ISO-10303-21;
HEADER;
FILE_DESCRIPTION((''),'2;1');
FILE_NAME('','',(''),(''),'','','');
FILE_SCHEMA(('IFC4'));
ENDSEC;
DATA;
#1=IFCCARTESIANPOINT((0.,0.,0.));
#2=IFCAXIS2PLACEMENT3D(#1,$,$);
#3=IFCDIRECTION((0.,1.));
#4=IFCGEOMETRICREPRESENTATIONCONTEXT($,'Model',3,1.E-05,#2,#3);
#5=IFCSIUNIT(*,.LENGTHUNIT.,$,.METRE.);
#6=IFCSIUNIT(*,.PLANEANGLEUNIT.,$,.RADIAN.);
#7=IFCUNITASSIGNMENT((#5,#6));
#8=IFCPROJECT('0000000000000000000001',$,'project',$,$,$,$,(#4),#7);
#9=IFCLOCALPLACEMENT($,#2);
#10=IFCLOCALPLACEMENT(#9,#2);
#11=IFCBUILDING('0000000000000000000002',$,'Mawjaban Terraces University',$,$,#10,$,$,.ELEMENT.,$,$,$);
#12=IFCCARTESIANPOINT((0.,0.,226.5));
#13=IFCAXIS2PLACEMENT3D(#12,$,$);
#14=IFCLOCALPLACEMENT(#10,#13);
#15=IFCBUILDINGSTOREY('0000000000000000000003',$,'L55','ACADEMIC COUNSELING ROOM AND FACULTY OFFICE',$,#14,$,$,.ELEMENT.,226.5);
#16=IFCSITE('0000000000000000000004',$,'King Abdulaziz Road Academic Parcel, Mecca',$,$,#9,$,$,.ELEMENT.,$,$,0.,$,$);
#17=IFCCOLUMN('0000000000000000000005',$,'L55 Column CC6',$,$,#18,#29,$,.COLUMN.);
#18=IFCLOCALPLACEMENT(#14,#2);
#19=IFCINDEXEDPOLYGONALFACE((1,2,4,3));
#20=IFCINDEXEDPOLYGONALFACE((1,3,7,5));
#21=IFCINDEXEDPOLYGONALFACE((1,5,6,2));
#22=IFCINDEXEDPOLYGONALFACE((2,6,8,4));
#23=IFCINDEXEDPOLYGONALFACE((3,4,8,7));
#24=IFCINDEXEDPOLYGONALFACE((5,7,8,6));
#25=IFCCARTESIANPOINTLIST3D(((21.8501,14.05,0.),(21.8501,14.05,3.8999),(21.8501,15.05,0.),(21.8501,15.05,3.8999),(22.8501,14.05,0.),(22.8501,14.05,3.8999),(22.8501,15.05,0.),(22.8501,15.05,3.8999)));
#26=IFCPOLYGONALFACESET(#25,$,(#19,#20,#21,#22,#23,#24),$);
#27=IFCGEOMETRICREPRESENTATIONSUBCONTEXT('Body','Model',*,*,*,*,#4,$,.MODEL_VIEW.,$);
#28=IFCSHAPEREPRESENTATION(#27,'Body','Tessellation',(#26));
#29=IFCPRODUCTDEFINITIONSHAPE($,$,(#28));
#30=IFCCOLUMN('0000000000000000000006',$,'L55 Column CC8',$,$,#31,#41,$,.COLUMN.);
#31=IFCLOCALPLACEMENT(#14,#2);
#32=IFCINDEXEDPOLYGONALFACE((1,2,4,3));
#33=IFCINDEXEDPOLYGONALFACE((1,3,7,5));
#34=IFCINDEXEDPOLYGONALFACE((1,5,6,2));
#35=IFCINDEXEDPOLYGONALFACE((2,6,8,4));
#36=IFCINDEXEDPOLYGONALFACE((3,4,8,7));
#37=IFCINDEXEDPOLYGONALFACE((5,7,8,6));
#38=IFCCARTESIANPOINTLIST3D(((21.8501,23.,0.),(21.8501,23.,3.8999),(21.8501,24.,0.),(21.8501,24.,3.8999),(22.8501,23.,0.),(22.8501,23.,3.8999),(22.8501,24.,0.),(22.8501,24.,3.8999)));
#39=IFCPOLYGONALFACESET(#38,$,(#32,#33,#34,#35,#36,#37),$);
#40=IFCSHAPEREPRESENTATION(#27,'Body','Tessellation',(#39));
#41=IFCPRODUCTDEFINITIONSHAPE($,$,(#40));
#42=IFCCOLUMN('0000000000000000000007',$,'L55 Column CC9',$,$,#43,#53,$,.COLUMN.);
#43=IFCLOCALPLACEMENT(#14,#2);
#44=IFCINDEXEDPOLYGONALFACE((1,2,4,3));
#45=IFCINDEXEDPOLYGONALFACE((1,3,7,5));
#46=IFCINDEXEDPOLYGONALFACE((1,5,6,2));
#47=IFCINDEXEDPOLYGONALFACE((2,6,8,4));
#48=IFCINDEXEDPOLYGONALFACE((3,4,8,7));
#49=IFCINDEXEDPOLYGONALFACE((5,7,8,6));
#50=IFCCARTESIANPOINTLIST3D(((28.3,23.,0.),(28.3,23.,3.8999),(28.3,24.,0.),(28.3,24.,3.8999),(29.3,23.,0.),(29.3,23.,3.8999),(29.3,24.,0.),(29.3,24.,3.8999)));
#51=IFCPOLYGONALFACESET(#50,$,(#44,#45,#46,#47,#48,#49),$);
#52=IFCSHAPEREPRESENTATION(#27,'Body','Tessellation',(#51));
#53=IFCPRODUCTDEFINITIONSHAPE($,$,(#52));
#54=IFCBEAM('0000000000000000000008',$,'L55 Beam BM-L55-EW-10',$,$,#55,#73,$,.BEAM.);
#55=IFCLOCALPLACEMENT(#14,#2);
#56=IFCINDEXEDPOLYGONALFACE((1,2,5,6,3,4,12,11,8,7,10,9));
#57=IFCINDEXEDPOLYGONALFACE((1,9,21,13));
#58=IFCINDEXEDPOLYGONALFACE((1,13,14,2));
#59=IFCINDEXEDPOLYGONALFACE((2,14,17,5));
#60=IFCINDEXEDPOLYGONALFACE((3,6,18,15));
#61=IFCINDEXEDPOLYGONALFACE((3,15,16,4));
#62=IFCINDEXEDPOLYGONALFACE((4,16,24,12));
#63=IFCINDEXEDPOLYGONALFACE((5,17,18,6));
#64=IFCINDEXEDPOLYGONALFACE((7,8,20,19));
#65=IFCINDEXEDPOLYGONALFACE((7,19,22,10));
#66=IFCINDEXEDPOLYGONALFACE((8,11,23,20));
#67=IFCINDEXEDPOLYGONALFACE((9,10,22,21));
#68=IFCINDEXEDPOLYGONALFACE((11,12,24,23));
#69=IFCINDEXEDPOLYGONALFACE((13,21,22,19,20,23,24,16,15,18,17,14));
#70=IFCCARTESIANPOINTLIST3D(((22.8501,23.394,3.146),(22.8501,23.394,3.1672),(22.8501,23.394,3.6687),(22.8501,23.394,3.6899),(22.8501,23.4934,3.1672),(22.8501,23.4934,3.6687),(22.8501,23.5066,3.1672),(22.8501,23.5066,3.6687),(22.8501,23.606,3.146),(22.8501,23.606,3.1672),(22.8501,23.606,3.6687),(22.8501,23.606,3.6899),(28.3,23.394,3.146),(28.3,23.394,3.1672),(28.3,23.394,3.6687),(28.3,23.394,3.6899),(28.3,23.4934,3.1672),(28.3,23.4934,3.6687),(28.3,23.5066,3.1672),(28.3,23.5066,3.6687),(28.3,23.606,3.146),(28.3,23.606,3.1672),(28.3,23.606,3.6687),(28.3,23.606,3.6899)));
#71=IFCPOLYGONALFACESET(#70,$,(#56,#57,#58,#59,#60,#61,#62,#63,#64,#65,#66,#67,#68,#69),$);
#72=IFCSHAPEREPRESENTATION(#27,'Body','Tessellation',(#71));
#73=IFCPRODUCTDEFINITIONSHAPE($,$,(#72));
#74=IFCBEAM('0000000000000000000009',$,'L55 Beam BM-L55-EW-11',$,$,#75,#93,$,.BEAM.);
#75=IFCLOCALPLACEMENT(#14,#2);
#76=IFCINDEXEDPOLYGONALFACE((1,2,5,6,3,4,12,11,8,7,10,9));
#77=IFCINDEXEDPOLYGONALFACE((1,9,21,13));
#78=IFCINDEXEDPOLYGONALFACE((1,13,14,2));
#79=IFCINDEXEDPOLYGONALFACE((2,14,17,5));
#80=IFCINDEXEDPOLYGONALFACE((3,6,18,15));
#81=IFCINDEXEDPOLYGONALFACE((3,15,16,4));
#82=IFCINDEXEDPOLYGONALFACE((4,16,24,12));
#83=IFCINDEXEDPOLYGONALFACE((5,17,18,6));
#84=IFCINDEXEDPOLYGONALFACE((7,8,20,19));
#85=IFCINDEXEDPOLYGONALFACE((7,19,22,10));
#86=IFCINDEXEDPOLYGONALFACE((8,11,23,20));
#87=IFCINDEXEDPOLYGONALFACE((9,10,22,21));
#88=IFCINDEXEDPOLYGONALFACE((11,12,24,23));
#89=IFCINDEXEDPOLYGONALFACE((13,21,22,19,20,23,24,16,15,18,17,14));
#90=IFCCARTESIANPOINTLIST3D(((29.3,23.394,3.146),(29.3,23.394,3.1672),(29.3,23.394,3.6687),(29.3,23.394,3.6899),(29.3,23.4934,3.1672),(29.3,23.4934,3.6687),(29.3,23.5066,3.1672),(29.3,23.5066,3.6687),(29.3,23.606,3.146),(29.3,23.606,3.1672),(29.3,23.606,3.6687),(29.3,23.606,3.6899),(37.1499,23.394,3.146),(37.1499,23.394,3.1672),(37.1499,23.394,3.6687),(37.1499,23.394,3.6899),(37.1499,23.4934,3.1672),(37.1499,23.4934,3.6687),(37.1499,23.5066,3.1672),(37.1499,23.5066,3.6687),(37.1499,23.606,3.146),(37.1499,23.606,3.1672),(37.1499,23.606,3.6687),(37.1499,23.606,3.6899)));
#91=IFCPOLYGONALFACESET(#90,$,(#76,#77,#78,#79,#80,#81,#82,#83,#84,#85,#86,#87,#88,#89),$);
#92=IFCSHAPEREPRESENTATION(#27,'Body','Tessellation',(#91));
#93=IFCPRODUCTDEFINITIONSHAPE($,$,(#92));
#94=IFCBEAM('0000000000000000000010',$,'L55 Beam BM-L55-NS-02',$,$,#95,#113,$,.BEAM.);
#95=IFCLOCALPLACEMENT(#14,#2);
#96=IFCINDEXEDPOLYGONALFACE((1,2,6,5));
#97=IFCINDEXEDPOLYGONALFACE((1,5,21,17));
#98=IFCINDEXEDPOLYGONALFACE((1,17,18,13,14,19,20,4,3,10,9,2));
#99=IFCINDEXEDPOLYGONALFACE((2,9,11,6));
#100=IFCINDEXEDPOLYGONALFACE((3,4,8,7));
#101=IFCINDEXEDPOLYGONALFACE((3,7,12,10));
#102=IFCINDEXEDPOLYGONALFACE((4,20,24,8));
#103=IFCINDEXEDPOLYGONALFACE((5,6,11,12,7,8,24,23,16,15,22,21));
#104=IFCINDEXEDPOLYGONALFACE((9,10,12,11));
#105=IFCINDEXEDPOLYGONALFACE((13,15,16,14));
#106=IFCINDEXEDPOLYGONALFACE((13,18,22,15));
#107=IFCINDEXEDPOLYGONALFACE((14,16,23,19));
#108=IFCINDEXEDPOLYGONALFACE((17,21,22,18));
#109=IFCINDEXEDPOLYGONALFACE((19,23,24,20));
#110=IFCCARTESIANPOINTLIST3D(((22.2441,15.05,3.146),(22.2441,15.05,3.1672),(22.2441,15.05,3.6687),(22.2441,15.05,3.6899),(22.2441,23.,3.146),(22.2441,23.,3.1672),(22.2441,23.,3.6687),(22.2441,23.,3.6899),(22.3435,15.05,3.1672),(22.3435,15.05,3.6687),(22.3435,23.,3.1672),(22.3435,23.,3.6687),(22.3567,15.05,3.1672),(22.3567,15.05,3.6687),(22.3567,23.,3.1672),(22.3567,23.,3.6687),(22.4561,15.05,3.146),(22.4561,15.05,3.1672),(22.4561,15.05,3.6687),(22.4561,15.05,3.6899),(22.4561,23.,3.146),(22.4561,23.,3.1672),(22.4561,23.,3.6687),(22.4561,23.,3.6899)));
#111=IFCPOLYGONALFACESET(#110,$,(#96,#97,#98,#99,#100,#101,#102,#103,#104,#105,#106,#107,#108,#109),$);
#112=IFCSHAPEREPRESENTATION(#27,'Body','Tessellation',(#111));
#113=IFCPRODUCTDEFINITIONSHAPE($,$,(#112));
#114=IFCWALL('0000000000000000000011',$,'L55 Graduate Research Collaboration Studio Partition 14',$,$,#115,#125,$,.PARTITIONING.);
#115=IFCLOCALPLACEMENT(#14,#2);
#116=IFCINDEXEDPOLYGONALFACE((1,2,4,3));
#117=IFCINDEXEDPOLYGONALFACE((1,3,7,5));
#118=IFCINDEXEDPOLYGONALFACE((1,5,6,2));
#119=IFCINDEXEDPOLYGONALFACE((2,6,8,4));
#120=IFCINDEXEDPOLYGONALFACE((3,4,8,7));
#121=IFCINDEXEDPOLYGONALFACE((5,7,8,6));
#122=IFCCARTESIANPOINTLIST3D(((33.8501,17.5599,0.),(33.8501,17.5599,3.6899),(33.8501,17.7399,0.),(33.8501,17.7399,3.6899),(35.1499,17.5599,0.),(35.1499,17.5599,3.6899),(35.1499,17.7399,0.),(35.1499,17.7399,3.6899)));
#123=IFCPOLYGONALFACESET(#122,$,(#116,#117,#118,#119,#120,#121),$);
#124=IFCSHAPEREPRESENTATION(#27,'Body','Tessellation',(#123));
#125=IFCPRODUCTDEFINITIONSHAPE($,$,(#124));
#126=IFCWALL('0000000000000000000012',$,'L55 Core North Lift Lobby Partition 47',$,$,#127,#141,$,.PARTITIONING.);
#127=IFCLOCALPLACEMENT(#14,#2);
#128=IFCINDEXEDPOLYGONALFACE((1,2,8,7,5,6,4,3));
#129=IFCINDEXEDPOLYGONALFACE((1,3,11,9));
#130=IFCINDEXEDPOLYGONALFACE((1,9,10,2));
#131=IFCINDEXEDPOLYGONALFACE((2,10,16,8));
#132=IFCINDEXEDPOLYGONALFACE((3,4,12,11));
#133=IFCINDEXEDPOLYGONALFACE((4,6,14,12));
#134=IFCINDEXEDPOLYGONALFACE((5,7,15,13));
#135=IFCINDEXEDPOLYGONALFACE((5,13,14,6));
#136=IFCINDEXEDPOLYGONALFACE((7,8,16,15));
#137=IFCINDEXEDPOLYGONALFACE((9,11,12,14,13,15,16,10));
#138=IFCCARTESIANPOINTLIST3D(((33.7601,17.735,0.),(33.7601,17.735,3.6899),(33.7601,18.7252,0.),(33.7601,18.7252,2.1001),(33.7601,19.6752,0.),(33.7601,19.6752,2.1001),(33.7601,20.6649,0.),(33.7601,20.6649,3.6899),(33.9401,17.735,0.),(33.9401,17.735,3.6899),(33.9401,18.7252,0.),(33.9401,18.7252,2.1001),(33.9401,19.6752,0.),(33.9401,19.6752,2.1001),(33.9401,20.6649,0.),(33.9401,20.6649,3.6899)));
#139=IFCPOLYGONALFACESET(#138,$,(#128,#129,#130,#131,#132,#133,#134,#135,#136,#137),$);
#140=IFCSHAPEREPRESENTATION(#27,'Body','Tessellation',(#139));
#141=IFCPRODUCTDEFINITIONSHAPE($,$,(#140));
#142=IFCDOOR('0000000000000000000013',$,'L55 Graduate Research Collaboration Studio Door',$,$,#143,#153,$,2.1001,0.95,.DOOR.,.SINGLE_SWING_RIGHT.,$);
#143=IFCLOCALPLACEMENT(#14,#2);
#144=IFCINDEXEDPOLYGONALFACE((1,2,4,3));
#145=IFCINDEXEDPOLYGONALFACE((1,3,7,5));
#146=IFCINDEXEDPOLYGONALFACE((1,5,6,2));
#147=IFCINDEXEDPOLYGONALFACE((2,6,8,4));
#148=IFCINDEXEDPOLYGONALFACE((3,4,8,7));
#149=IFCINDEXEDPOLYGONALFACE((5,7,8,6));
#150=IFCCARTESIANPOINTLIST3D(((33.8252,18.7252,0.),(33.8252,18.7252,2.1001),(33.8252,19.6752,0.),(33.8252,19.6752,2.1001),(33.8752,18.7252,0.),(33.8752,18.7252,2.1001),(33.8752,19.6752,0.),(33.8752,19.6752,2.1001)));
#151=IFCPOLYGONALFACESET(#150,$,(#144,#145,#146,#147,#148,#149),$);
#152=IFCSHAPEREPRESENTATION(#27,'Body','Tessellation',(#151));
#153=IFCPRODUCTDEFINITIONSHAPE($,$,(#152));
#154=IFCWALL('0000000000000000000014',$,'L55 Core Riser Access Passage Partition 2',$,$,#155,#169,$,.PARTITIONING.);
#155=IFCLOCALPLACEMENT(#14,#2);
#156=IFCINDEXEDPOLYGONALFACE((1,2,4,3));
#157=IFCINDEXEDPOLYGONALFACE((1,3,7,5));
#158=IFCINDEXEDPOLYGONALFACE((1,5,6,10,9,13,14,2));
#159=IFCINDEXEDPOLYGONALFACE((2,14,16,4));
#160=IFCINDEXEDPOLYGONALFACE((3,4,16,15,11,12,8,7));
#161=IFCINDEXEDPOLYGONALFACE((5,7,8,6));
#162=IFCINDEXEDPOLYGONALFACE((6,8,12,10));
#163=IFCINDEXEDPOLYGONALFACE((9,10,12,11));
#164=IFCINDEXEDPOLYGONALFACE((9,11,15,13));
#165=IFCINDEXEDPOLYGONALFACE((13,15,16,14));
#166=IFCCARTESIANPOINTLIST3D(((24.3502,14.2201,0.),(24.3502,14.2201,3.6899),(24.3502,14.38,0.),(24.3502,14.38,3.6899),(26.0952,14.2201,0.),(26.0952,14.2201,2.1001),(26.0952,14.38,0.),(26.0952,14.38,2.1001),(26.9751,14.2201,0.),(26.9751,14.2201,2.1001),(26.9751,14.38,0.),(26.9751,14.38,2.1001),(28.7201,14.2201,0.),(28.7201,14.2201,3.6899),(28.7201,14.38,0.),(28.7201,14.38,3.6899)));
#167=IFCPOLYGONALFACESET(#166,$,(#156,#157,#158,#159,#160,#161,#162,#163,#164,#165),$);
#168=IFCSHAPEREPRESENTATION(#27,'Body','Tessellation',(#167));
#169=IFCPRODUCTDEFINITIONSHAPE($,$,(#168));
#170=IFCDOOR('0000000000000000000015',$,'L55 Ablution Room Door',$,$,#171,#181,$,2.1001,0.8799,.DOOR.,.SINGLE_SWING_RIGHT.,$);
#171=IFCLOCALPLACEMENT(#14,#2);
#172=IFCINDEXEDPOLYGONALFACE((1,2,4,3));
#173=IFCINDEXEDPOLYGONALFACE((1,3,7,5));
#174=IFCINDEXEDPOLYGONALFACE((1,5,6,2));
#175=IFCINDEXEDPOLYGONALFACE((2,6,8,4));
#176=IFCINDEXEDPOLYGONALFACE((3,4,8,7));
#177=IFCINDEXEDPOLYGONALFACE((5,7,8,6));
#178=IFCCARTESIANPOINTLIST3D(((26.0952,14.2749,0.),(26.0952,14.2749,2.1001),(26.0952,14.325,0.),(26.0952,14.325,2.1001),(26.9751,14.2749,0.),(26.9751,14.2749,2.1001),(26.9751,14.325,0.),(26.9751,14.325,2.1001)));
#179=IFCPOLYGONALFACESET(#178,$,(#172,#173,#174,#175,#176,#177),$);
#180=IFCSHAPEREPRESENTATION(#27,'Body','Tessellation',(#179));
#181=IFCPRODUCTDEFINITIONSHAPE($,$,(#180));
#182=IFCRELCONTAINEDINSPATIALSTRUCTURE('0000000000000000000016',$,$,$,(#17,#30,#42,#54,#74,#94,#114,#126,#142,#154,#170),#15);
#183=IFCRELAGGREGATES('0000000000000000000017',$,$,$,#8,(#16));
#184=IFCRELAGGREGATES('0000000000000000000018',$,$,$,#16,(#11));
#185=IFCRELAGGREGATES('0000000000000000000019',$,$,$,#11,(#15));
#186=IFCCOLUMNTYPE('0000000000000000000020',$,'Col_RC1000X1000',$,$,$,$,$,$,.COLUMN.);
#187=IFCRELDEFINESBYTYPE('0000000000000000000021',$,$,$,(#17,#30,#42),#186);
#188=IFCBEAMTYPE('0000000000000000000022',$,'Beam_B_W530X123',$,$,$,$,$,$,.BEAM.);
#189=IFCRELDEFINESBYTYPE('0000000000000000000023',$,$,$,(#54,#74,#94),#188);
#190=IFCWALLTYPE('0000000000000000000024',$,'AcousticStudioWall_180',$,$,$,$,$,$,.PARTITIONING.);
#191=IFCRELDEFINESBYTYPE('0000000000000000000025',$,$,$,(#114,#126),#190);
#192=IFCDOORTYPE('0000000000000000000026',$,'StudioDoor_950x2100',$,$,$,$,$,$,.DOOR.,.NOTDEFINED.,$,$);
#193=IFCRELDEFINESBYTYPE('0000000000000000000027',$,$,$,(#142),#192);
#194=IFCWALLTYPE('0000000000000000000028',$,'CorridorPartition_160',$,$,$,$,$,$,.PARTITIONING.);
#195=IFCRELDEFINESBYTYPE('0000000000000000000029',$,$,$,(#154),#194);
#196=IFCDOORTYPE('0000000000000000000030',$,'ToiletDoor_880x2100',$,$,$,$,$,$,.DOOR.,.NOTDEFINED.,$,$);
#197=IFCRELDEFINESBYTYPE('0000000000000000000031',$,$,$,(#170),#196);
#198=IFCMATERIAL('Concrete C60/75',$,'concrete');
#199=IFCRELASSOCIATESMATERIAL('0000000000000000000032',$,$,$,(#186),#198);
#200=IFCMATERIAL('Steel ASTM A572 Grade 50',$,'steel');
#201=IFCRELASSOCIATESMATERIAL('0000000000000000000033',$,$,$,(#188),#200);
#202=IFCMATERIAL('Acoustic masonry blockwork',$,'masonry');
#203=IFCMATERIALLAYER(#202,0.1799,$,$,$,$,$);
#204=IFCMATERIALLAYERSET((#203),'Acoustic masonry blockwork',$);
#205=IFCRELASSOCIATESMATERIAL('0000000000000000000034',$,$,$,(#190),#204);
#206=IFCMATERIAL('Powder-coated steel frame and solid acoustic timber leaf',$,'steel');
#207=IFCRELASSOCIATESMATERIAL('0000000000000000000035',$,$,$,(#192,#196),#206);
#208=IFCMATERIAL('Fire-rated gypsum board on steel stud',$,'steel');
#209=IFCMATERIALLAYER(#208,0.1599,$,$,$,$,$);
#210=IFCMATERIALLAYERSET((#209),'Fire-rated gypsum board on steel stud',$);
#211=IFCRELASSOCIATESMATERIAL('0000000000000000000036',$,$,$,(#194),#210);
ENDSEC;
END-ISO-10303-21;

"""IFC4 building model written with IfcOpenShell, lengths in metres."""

from ifc_helpers import new_model, si_unit, direction, frame, frame_2d, origin, origin_2d, place, context, subcontext, project, spatial, rectangle, i_section, extrude, material, layer, layer_set, material_profile, profile_set, type_object, element, fill, save


model = new_model("IFC4")

# Units and contexts
model_context = context("Model", 3, precision=1e-05, world=origin(), true_north=direction((0.0, 1.0)))
body_context = subcontext(model_context, "Body", "Model", "MODEL_VIEW")
ifc_project = project(units=[si_unit("LENGTHUNIT", "METRE"), si_unit("PLANEANGLEUNIT", "RADIAN")], contexts=[model_context])

# Site, building, storey
site_placement = place(None, origin())
site = spatial("IfcSite", under=ifc_project, at=site_placement, Name="King Abdulaziz Road Academic Parcel, Mecca", CompositionType="ELEMENT", RefElevation=0.0)
building_placement = place(site_placement, origin())
building = spatial("IfcBuilding", under=site, at=building_placement, Name="Mawjaban Terraces University", CompositionType="ELEMENT")
storey_placement = place(building_placement, frame((0.0, 0.0, 226.5)))
storey = spatial("IfcBuildingStorey", under=building, at=storey_placement, Name="L55", Description="ACADEMIC COUNSELING ROOM AND FACULTY OFFICE", CompositionType="ELEMENT", Elevation=226.5)

# Columns
ifc_material_1 = material(Name="Concrete C60/75", Category="concrete")
ifc_material_profile_1 = material_profile(ifc_material_1, rectangle(XDim=1.0, YDim=1.0, at=origin_2d()), Name="RC1000X1000")
ifc_profile_set_1 = profile_set([ifc_material_profile_1], Name="Concrete C60/75")
column_type = type_object("IfcColumnType", Name="Col_RC1000X1000", PredefinedType="COLUMN", material=ifc_profile_set_1)
for number, where, z_axis, x_axis, name in (
    (1, (22.3501, 14.55, 0.0), (0.0, 0.0, 1.0), (1.0, 0.0, 0.0), "L55 Column CC6"),
    (2, (22.3501, 23.5, 0.0), (0.0, 0.0, 1.0), (1.0, 0.0, 0.0), "L55 Column CC8"),
    (3, (28.8, 23.5, 0.0), (0.0, 0.0, 1.0), (1.0, 0.0, 0.0), "L55 Column CC9"),
):
    element("IfcColumn", number, at=place(storey_placement, frame(where, z_axis=z_axis, x_axis=x_axis)), inside=storey, type_object=column_type, Name=name, PredefinedType="COLUMN", context=body_context, shape_type="SweptSolid", body=[
        extrude(rectangle(XDim=1.0, YDim=1.0, at=origin_2d()), origin(), (0.0, 0.0, 1.0), 3.8999),
    ])

# Beams
ifc_material_2 = material(Name="Steel ASTM A572 Grade 50", Category="steel")
ifc_material_profile_2 = material_profile(ifc_material_2, i_section(OverallWidth=0.2119, OverallDepth=0.5439, WebThickness=0.0132, FlangeThickness=0.0212, at=origin_2d()), Name="W530X123")
ifc_profile_set_2 = profile_set([ifc_material_profile_2], Name="Steel ASTM A572 Grade 50")
beam_type = type_object("IfcBeamType", Name="Beam_B_W530X123", PredefinedType="BEAM", material=ifc_profile_set_2)
beam_1_placement = place(storey_placement, frame((22.8501, 23.5, 3.418), z_axis=(1.0, 0.0, 0.0), x_axis=(0.0, 1.0, 0.0)))
element("IfcBeam", 4, at=beam_1_placement, inside=storey, type_object=beam_type, Name="L55 Beam BM-L55-EW-10", PredefinedType="BEAM", context=body_context, shape_type="SweptSolid", body=[
    extrude(i_section(OverallWidth=0.2119, OverallDepth=0.5439, WebThickness=0.0132, FlangeThickness=0.0212, at=origin_2d()), origin(), (0.0, 0.0, 1.0), 5.45),
])
beam_2_placement = place(storey_placement, frame((29.3, 23.5, 3.418), z_axis=(1.0, 0.0, 0.0), x_axis=(0.0, 1.0, 0.0)))
element("IfcBeam", 5, at=beam_2_placement, inside=storey, type_object=beam_type, Name="L55 Beam BM-L55-EW-11", PredefinedType="BEAM", context=body_context, shape_type="SweptSolid", body=[
    extrude(i_section(OverallWidth=0.2119, OverallDepth=0.5439, WebThickness=0.0132, FlangeThickness=0.0212, at=origin_2d()), origin(), (0.0, 0.0, 1.0), 7.8499),
])
beam_3_placement = place(storey_placement, frame((22.3501, 15.05, 3.418), z_axis=(0.0, 1.0, 0.0), x_axis=(-1.0, 0.0, 0.0)))
element("IfcBeam", 6, at=beam_3_placement, inside=storey, type_object=beam_type, Name="L55 Beam BM-L55-NS-02", PredefinedType="BEAM", context=body_context, shape_type="SweptSolid", body=[
    extrude(i_section(OverallWidth=0.2119, OverallDepth=0.5439, WebThickness=0.0132, FlangeThickness=0.0212, at=origin_2d()), origin(), (0.0, 0.0, 1.0), 7.95),
])

# Wall
ifc_material_3 = material(Name="Acoustic masonry blockwork", Category="masonry")
ifc_layer_1 = layer(ifc_material_3, 0.1799)
ifc_layer_set_1 = layer_set([ifc_layer_1], Name="Acoustic masonry blockwork")
wall_type_1 = type_object("IfcWallType", Name="AcousticStudioWall_180", PredefinedType="PARTITIONING", material=ifc_layer_set_1)
wall_1_placement = place(storey_placement, frame((33.8501, 17.6499, 0.0), z_axis=(0.0, 0.0, 1.0), x_axis=(1.0, 0.0, 0.0)))
element("IfcWall", 7, at=wall_1_placement, inside=storey, type_object=wall_type_1, Name="L55 Graduate Research Collaboration Studio Partition 14", PredefinedType="PARTITIONING", context=body_context, shape_type="SweptSolid", body=[
    extrude(rectangle(XDim=1.2998, YDim=0.1799, at=frame_2d((0.6499, 0.0))), origin(), (0.0, 0.0, 1.0), 3.6899),
])

# Walls, openings, doors
wall_2_placement = place(storey_placement, frame((33.8501, 17.7351, 0.0), z_axis=(0.0, 0.0, 1.0), x_axis=(0.0, 1.0, 0.0)))
wall_2 = element("IfcWall", 8, at=wall_2_placement, inside=storey, type_object=wall_type_1, Name="L55 Core North Lift Lobby Partition 47", PredefinedType="PARTITIONING", context=body_context, shape_type="SweptSolid", body=[
    extrude(rectangle(XDim=2.9299, YDim=0.1799, at=frame_2d((1.4648, 0.0))), origin(), (0.0, 0.0, 1.0), 3.6899),
])
opening_1_placement = place(wall_2_placement, frame((0.99, 0.0, 0.0)))
opening_1 = element("IfcOpeningElement", 9, at=opening_1_placement, cuts=wall_2, PredefinedType="OPENING", context=body_context, shape_type="SweptSolid", body=[
    extrude(rectangle(XDim=0.95, YDim=2.1001, at=frame_2d((0.4751, 1.05))), frame((0.0, 0.0999, 0.0), z_axis=(0.0, -1.0, 0.0), x_axis=(1.0, 0.0, 0.0)), (0.0, 0.0, 1.0), 0.2),
])
ifc_material_4 = material(Name="Powder-coated steel frame and solid acoustic timber leaf", Category="steel")
door_type_1 = type_object("IfcDoorType", Name="StudioDoor_950x2100", OperationType="NOTDEFINED", PredefinedType="DOOR", material=ifc_material_4)
door_1_placement = place(opening_1_placement, origin())
door_1 = element("IfcDoor", 10, at=door_1_placement, inside=storey, type_object=door_type_1, Name="L55 Graduate Research Collaboration Studio Door", OperationType="SINGLE_SWING_RIGHT", OverallHeight=2.1001, OverallWidth=0.95, PredefinedType="DOOR", context=body_context, shape_type="SweptSolid", body=[
    extrude(rectangle(XDim=0.95, YDim=2.1001, at=frame_2d((0.4751, 1.05))), frame((0.0, 0.0249, 0.0), z_axis=(0.0, -1.0, 0.0), x_axis=(1.0, 0.0, 0.0)), (0.0, 0.0, 1.0), 0.05),
])
fill(opening_1, door_1)
ifc_material_5 = material(Name="Fire-rated gypsum board on steel stud", Category="steel")
ifc_layer_2 = layer(ifc_material_5, 0.1599)
ifc_layer_set_2 = layer_set([ifc_layer_2], Name="Fire-rated gypsum board on steel stud")
wall_type_2 = type_object("IfcWallType", Name="CorridorPartition_160", PredefinedType="PARTITIONING", material=ifc_layer_set_2)
wall_3_placement = place(storey_placement, frame((24.3501, 14.3, 0.0), z_axis=(0.0, 0.0, 1.0), x_axis=(1.0, 0.0, 0.0)))
wall_3 = element("IfcWall", 11, at=wall_3_placement, inside=storey, type_object=wall_type_2, Name="L55 Core Riser Access Passage Partition 2", PredefinedType="PARTITIONING", context=body_context, shape_type="SweptSolid", body=[
    extrude(rectangle(XDim=4.3699, YDim=0.1599, at=frame_2d((2.1851, 0.0))), origin(), (0.0, 0.0, 1.0), 3.6899),
])
opening_2_placement = place(wall_3_placement, frame((1.7451, 0.0, 0.0)))
opening_2 = element("IfcOpeningElement", 12, at=opening_2_placement, cuts=wall_3, PredefinedType="OPENING", context=body_context, shape_type="SweptSolid", body=[
    extrude(rectangle(XDim=0.8799, YDim=2.1001, at=frame_2d((0.4399, 1.05))), frame((0.0, 0.0898, 0.0), z_axis=(0.0, -1.0, 0.0), x_axis=(1.0, 0.0, 0.0)), (0.0, 0.0, 1.0), 0.1799),
])
door_type_2 = type_object("IfcDoorType", Name="ToiletDoor_880x2100", OperationType="NOTDEFINED", PredefinedType="DOOR", material=ifc_material_4)
door_2_placement = place(opening_2_placement, origin())
door_2 = element("IfcDoor", 13, at=door_2_placement, inside=storey, type_object=door_type_2, Name="L55 Ablution Room Door", OperationType="SINGLE_SWING_RIGHT", OverallHeight=2.1001, OverallWidth=0.8799, PredefinedType="DOOR", context=body_context, shape_type="SweptSolid", body=[
    extrude(rectangle(XDim=0.8799, YDim=2.1001, at=frame_2d((0.4399, 1.05))), frame((0.0, 0.0249, 0.0), z_axis=(0.0, -1.0, 0.0), x_axis=(1.0, 0.0, 0.0)), (0.0, 0.0, 1.0), 0.05),
])
fill(opening_2, door_2)

save(model, "model.ifc")
